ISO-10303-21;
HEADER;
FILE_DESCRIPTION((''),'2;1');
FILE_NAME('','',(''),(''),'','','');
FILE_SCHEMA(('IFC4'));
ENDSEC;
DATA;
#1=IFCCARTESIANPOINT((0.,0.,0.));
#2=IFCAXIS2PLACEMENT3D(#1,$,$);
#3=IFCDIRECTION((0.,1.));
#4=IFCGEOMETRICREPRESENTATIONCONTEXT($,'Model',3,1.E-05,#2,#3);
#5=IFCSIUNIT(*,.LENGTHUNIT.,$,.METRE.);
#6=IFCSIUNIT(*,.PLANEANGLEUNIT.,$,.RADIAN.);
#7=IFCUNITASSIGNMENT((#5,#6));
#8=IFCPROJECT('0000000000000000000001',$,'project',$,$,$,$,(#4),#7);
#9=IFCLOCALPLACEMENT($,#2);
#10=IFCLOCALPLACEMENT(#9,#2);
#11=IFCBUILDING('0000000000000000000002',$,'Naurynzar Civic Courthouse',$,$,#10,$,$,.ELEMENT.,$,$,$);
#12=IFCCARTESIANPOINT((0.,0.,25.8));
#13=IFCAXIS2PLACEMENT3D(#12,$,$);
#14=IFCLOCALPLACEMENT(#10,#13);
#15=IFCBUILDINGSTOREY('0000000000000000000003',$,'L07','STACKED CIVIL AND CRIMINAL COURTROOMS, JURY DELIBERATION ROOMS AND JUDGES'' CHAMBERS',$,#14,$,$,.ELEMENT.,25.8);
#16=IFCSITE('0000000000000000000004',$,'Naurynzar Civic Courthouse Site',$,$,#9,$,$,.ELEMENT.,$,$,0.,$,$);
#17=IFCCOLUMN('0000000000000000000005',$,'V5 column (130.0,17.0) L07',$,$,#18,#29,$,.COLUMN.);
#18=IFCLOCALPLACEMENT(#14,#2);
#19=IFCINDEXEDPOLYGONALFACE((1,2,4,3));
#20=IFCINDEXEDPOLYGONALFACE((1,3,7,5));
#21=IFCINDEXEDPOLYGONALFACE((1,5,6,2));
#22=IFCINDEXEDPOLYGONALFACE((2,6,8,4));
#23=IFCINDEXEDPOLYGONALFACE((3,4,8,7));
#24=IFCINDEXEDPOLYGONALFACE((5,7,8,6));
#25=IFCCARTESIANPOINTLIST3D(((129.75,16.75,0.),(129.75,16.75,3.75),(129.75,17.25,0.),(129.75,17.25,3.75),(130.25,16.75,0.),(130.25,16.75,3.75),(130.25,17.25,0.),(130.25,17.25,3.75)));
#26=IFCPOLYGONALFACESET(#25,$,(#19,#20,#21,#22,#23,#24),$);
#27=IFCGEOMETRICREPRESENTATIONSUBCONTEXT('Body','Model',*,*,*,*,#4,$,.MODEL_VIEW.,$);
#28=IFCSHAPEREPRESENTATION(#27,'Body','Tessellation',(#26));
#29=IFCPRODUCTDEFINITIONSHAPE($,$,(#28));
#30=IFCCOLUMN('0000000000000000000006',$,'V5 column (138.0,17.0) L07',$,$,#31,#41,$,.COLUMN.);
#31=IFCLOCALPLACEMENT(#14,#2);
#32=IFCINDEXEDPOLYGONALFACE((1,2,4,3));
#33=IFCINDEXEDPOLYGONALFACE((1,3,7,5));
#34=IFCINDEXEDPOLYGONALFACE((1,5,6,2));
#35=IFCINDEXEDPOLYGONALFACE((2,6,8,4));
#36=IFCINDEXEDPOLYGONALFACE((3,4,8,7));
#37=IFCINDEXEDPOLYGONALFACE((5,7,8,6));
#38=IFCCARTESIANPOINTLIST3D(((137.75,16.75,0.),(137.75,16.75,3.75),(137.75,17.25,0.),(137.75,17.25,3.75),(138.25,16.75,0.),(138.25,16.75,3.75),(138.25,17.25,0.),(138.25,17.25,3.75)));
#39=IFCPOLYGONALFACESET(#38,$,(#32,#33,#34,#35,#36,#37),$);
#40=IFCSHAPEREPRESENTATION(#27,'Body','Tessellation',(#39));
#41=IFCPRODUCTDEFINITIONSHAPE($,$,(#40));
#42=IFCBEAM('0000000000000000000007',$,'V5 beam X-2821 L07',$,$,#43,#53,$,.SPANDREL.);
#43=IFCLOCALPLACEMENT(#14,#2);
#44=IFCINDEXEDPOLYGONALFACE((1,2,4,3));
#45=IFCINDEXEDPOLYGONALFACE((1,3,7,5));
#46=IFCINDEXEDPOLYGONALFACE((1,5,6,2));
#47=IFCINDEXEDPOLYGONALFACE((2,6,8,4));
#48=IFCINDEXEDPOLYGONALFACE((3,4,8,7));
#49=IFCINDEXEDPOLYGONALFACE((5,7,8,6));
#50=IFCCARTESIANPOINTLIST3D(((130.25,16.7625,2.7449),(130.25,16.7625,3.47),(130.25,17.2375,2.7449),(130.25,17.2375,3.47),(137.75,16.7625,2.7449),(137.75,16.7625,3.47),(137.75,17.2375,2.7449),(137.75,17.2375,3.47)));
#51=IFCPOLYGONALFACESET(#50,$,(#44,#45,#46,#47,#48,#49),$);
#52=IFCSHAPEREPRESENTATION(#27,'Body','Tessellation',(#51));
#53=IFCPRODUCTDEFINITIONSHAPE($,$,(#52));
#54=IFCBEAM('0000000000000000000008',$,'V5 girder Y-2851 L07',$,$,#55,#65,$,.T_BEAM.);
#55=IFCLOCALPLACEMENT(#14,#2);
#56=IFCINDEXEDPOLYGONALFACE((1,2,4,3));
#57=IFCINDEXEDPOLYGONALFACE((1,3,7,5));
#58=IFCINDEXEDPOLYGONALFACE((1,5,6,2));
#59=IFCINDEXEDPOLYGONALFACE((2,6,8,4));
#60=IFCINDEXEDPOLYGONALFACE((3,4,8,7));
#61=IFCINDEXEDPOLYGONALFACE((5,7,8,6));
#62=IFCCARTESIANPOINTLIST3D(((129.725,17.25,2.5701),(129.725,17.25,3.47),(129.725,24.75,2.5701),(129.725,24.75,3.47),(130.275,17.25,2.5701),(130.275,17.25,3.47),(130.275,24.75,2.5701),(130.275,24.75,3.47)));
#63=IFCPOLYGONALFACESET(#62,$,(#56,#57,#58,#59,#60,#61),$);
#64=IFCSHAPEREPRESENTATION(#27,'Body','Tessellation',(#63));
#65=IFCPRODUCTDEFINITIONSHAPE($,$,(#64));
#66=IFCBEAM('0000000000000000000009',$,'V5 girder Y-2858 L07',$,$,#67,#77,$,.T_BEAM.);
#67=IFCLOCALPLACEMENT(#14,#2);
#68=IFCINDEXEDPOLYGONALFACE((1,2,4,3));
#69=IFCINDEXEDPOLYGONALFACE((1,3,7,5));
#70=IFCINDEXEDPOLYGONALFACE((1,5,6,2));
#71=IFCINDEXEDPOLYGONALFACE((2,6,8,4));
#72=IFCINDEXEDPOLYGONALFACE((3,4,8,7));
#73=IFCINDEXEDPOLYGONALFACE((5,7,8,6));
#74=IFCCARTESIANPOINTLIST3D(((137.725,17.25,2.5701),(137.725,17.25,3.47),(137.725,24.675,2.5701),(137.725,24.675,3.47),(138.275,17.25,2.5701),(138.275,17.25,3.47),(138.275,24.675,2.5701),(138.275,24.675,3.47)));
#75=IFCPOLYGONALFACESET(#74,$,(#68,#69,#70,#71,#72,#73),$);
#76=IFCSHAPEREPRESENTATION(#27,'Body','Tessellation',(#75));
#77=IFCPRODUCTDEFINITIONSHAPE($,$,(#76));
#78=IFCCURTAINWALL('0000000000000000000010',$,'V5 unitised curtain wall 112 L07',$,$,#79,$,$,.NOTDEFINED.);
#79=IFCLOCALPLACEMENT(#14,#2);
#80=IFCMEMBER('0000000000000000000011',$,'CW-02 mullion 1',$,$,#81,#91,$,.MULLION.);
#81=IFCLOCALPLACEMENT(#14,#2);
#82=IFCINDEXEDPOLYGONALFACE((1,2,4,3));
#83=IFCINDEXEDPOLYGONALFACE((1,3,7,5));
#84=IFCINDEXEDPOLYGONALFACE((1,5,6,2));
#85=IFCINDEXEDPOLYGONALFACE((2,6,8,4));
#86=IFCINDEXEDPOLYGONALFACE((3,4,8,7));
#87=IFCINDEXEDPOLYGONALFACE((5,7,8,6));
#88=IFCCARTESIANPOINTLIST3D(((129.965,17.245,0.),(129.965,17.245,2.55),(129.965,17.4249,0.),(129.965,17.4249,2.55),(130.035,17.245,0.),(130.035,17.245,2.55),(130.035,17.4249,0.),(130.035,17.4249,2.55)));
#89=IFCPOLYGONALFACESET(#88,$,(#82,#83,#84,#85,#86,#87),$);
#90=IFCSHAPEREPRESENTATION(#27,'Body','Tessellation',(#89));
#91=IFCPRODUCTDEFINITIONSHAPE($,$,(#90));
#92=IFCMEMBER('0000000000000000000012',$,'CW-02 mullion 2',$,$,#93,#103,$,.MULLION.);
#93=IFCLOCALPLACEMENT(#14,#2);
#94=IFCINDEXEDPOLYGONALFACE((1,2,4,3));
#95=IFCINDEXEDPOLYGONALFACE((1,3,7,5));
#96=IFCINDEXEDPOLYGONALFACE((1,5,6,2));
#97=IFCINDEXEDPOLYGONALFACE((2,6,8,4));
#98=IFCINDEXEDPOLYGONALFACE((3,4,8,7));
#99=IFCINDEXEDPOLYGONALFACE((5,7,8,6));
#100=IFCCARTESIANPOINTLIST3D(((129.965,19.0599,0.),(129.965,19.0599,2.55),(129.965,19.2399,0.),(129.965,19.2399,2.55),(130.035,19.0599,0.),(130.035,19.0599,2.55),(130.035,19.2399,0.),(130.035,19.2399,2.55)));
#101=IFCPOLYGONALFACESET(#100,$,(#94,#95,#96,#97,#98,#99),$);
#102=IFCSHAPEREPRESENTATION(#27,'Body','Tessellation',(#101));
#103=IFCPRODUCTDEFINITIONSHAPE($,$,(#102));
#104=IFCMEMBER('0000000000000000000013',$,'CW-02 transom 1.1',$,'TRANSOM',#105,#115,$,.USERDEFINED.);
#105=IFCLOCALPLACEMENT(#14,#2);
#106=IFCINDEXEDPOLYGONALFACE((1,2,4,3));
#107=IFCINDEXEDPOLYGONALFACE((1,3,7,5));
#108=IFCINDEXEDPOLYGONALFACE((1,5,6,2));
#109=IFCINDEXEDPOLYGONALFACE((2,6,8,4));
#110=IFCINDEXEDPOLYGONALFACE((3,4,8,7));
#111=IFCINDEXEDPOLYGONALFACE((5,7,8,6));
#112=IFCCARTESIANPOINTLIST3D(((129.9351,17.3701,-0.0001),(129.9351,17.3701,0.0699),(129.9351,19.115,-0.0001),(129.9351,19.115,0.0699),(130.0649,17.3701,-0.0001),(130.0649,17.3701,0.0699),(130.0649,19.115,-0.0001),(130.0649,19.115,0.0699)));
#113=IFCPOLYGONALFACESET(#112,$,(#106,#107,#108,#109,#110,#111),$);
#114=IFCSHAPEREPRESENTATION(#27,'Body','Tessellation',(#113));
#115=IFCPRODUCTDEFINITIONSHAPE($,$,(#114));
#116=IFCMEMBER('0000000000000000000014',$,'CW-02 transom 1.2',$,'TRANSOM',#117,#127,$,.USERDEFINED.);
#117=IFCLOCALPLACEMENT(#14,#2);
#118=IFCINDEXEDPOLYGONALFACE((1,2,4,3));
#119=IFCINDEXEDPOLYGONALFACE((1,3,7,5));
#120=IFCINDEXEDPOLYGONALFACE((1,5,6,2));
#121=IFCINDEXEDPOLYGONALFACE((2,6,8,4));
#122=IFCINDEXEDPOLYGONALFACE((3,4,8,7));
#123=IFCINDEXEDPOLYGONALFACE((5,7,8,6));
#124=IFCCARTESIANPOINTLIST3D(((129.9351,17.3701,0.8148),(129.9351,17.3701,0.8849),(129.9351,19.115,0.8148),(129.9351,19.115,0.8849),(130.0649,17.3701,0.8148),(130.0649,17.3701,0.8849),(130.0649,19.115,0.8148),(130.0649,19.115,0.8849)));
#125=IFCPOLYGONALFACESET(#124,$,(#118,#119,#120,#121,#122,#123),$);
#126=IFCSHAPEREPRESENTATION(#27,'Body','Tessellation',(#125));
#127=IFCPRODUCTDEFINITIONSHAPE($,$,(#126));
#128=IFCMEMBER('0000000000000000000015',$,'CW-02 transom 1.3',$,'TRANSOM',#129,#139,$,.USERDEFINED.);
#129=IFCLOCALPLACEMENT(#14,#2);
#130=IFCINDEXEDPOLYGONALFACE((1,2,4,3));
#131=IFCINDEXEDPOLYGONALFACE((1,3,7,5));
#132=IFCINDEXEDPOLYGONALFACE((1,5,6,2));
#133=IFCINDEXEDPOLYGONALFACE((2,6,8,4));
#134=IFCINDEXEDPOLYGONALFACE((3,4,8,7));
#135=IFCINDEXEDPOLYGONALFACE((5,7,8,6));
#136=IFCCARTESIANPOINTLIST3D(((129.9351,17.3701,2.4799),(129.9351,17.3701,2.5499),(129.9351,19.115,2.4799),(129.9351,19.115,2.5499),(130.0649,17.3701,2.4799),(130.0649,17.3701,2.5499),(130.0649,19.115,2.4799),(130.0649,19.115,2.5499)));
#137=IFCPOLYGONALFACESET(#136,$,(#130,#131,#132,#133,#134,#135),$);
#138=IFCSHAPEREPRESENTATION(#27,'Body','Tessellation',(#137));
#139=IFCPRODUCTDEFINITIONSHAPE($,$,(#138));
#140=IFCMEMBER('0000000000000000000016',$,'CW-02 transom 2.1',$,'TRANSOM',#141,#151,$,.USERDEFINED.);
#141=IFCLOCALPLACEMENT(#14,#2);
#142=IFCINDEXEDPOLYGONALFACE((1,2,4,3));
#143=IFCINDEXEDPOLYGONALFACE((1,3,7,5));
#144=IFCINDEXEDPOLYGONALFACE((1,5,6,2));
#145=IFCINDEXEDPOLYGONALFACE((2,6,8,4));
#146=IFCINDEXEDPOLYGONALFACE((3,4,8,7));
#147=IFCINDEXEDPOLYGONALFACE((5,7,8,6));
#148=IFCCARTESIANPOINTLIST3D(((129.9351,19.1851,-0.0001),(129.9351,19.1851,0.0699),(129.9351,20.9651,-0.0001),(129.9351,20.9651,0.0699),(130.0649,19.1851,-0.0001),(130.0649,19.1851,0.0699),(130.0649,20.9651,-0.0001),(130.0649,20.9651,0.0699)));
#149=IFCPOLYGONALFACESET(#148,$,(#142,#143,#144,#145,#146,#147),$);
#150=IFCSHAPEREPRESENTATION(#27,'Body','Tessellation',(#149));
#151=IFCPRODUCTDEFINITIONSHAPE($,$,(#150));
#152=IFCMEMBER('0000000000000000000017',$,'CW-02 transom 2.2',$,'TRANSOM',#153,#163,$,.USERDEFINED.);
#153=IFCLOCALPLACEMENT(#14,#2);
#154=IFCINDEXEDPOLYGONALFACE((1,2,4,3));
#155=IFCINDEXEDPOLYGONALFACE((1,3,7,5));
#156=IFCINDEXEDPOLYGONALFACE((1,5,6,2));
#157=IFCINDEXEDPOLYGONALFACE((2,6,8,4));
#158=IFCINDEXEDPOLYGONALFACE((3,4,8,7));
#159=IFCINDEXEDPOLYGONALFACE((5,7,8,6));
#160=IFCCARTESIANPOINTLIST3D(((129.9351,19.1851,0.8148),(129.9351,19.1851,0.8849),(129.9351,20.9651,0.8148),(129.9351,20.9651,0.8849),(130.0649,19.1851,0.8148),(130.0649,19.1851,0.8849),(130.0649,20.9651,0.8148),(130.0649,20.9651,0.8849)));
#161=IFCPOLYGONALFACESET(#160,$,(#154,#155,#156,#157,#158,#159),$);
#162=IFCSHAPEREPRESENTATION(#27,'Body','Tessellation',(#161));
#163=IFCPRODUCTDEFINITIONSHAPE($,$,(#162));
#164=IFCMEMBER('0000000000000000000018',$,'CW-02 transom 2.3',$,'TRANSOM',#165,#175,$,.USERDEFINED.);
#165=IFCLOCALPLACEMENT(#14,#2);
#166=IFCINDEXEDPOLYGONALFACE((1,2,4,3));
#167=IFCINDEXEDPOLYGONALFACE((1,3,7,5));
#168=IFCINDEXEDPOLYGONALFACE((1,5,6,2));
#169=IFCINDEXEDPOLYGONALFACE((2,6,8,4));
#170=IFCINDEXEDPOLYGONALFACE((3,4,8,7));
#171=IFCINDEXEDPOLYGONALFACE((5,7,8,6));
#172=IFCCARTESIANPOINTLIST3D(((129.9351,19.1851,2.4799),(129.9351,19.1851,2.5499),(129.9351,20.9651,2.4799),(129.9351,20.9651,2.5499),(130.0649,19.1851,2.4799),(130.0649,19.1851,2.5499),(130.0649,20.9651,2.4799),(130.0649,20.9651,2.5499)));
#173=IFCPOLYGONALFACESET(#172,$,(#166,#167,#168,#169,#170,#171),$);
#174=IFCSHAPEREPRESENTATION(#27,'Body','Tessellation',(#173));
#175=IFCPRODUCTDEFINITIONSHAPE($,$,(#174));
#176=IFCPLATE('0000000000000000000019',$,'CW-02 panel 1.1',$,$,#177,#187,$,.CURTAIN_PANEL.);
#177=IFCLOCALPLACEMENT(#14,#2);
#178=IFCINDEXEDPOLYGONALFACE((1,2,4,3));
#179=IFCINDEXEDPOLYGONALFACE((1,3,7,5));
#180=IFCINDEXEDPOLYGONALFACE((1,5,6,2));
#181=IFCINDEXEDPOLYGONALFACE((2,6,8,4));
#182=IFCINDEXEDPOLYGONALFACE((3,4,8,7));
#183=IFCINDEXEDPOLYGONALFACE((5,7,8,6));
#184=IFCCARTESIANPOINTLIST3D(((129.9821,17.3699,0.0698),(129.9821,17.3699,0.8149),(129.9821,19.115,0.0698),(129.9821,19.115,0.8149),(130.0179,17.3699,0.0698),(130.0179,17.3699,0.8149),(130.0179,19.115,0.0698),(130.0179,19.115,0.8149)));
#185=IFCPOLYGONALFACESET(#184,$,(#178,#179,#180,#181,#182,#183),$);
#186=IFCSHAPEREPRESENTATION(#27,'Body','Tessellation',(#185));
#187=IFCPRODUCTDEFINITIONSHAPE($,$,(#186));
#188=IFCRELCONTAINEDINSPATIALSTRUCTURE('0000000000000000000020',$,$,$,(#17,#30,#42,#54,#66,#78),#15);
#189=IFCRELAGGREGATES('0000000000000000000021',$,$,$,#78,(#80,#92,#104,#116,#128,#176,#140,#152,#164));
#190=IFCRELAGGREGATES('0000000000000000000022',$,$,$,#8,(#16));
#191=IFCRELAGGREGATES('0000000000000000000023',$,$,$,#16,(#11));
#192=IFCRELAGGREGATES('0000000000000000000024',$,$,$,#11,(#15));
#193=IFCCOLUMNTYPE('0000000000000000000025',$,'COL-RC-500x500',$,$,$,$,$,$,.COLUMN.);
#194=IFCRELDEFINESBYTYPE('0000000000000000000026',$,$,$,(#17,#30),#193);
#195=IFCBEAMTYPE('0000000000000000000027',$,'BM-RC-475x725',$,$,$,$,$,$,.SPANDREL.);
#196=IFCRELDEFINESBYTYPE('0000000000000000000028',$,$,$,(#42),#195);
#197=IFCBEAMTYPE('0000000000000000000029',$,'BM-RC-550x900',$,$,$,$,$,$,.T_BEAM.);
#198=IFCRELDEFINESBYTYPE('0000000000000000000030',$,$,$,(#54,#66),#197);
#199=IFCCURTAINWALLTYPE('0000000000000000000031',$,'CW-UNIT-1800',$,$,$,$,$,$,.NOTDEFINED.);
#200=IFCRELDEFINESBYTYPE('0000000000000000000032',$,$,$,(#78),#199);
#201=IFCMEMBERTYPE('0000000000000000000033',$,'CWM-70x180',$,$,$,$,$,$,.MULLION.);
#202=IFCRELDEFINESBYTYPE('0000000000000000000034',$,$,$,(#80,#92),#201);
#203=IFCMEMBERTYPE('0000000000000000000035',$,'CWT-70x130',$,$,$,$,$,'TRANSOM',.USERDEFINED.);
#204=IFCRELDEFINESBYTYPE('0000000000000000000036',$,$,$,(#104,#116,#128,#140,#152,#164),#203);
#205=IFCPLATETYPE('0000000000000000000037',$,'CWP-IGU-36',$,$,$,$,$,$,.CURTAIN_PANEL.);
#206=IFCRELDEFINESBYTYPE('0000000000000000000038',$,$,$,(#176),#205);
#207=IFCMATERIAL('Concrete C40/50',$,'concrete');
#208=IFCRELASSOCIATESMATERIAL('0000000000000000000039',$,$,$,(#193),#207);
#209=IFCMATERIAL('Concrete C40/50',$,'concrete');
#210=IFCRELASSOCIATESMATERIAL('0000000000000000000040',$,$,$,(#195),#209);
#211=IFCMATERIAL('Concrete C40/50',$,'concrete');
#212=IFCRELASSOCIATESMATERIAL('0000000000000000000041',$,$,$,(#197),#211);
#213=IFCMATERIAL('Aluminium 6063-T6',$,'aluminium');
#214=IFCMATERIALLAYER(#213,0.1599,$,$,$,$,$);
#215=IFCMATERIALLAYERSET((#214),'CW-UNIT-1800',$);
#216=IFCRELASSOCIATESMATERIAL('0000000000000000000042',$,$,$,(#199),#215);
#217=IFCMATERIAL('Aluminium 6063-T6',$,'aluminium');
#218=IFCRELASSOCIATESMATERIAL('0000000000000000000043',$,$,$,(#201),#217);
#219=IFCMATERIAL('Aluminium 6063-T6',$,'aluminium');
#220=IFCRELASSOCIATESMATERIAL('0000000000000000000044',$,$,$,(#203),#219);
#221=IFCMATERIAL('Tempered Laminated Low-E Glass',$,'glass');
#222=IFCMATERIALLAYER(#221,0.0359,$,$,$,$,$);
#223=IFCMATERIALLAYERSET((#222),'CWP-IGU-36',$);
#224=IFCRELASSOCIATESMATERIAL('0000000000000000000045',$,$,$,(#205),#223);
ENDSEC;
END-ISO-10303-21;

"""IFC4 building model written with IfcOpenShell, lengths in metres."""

from ifc_helpers import new_model, si_unit, direction, frame, origin, origin_2d, place, context, subcontext, project, spatial, rectangle, extrude, material, layer, layer_set, material_profile, profile_set, type_object, element, aggregate, save


model = new_model("IFC4")

# Units and contexts
model_context = context("Model", 3, precision=1e-05, world=origin(), true_north=direction((0.0, 1.0)))
body_context = subcontext(model_context, "Body", "Model", "MODEL_VIEW")
ifc_project = project(units=[si_unit("LENGTHUNIT", "METRE"), si_unit("PLANEANGLEUNIT", "RADIAN")], contexts=[model_context])

# Site, building, storey
site_placement = place(None, origin())
site = spatial("IfcSite", under=ifc_project, at=site_placement, Name="Naurynzar Civic Courthouse Site", CompositionType="ELEMENT", RefElevation=0.0)
building_placement = place(site_placement, origin())
building = spatial("IfcBuilding", under=site, at=building_placement, Name="Naurynzar Civic Courthouse", CompositionType="ELEMENT")
storey_placement = place(building_placement, frame((0.0, 0.0, 25.8)))
storey = spatial("IfcBuildingStorey", under=building, at=storey_placement, Name="L07", Description="STACKED CIVIL AND CRIMINAL COURTROOMS, JURY DELIBERATION ROOMS AND JUDGES' CHAMBERS", CompositionType="ELEMENT", Elevation=25.8)

# Columns
ifc_material_1 = material(Name="Concrete C40/50", Category="concrete")
ifc_material_profile_1 = material_profile(ifc_material_1, rectangle(XDim=0.5, YDim=0.5, at=origin_2d()), Name="RC 500x500")
ifc_profile_set_1 = profile_set([ifc_material_profile_1], Name="Concrete C40/50")
column_type = type_object("IfcColumnType", Name="COL-RC-500x500", PredefinedType="COLUMN", material=ifc_profile_set_1)
for number, where, z_axis, x_axis, name in (
    (1, (130.0, 17.0, 0.0), (0.0, 0.0, 1.0), (1.0, 0.0, 0.0), "V5 column (130.0,17.0) L07"),
    (2, (138.0, 17.0, 0.0), (0.0, 0.0, 1.0), (1.0, 0.0, 0.0), "V5 column (138.0,17.0) L07"),
):
    element("IfcColumn", number, at=place(storey_placement, frame(where, z_axis=z_axis, x_axis=x_axis)), inside=storey, type_object=column_type, Name=name, PredefinedType="COLUMN", context=body_context, shape_type="SweptSolid", body=[
        extrude(rectangle(XDim=0.5, YDim=0.5, at=origin_2d()), origin(), (0.0, 0.0, 1.0), 3.75),
    ])

# Beams
ifc_material_2 = material(Name="Concrete C40/50", Category="concrete")
ifc_material_profile_2 = material_profile(ifc_material_2, rectangle(XDim=0.4751, YDim=0.7251, at=origin_2d()), Name="RCB 475x725")
ifc_profile_set_2 = profile_set([ifc_material_profile_2], Name="Concrete C40/50")
beam_type_1 = type_object("IfcBeamType", Name="BM-RC-475x725", PredefinedType="SPANDREL", material=ifc_profile_set_2)
beam_1_placement = place(storey_placement, frame((130.25, 17.0, 3.1074), z_axis=(1.0, 0.0, 0.0), x_axis=(0.0, 1.0, 0.0)))
element("IfcBeam", 3, at=beam_1_placement, inside=storey, type_object=beam_type_1, Name="V5 beam X-2821 L07", PredefinedType="SPANDREL", context=body_context, shape_type="SweptSolid", body=[
    extrude(rectangle(XDim=0.4751, YDim=0.7251, at=origin_2d()), origin(), (0.0, 0.0, 1.0), 7.5),
])
ifc_material_3 = material(Name="Concrete C40/50", Category="concrete")
ifc_material_profile_3 = material_profile(ifc_material_3, rectangle(XDim=0.55, YDim=0.8999, at=origin_2d()), Name="RCB 550x900")
ifc_profile_set_3 = profile_set([ifc_material_profile_3], Name="Concrete C40/50")
beam_type_2 = type_object("IfcBeamType", Name="BM-RC-550x900", PredefinedType="T_BEAM", material=ifc_profile_set_3)
beam_2_placement = place(storey_placement, frame((130.0, 17.25, 3.02), z_axis=(0.0, 1.0, 0.0), x_axis=(-1.0, 0.0, 0.0)))
element("IfcBeam", 4, at=beam_2_placement, inside=storey, type_object=beam_type_2, Name="V5 girder Y-2851 L07", PredefinedType="T_BEAM", context=body_context, shape_type="SweptSolid", body=[
    extrude(rectangle(XDim=0.55, YDim=0.8999, at=origin_2d()), origin(), (0.0, 0.0, 1.0), 7.5),
])
beam_3_placement = place(storey_placement, frame((138.0, 17.25, 3.02), z_axis=(0.0, 1.0, 0.0), x_axis=(-1.0, 0.0, 0.0)))
element("IfcBeam", 5, at=beam_3_placement, inside=storey, type_object=beam_type_2, Name="V5 girder Y-2858 L07", PredefinedType="T_BEAM", context=body_context, shape_type="SweptSolid", body=[
    extrude(rectangle(XDim=0.55, YDim=0.8999, at=origin_2d()), origin(), (0.0, 0.0, 1.0), 7.425),
])

# Curtain wall, members, plate
ifc_material_4 = material(Name="Aluminium 6063-T6", Category="aluminium")
ifc_layer_1 = layer(ifc_material_4, 0.1599)
ifc_layer_set_1 = layer_set([ifc_layer_1], Name="CW-UNIT-1800")
curtain_wall_type = type_object("IfcCurtainWallType", Name="CW-UNIT-1800", PredefinedType="NOTDEFINED", material=ifc_layer_set_1)
curtain_wall_placement = place(storey_placement, origin())
curtain_wall = element("IfcCurtainWall", 6, at=curtain_wall_placement, inside=storey, type_object=curtain_wall_type, Name="V5 unitised curtain wall 112 L07", PredefinedType="NOTDEFINED")
ifc_material_5 = material(Name="Aluminium 6063-T6", Category="aluminium")
ifc_material_profile_4 = material_profile(ifc_material_5, rectangle(XDim=0.0701, YDim=0.1799, at=origin_2d()), Name="ALU MULLION 70x180")
ifc_profile_set_4 = profile_set([ifc_material_profile_4], Name="Aluminium 6063-T6")
member_type_1 = type_object("IfcMemberType", Name="CWM-70x180", PredefinedType="MULLION", material=ifc_profile_set_4)
member_1_placement = place(storey_placement, frame((130.0, 17.335, 0.0), z_axis=(0.0, 0.0, 1.0), x_axis=(-1.0, 0.0, 0.0)))
member_1 = element("IfcMember", 7, at=member_1_placement, type_object=member_type_1, Name="CW-02 mullion 1", PredefinedType="MULLION", context=body_context, shape_type="SweptSolid", body=[
    extrude(rectangle(XDim=0.0701, YDim=0.1799, at=origin_2d()), origin(), (0.0, 0.0, 1.0), 2.55),
])
member_2_placement = place(storey_placement, frame((130.0, 19.1499, 0.0), z_axis=(0.0, 0.0, 1.0), x_axis=(-1.0, 0.0, 0.0)))
member_2 = element("IfcMember", 8, at=member_2_placement, type_object=member_type_1, Name="CW-02 mullion 2", PredefinedType="MULLION", context=body_context, shape_type="SweptSolid", body=[
    extrude(rectangle(XDim=0.0701, YDim=0.1799, at=origin_2d()), origin(), (0.0, 0.0, 1.0), 2.55),
])
ifc_material_6 = material(Name="Aluminium 6063-T6", Category="aluminium")
ifc_material_profile_5 = material_profile(ifc_material_6, rectangle(XDim=0.1299, YDim=0.0701, at=origin_2d()), Name="ALU TRANSOM 70x130")
ifc_profile_set_5 = profile_set([ifc_material_profile_5], Name="Aluminium 6063-T6")
member_type_2 = type_object("IfcMemberType", Name="CWT-70x130", ElementType="TRANSOM", PredefinedType="USERDEFINED", material=ifc_profile_set_5)
member_3_placement = place(storey_placement, frame((130.0, 17.3701, 0.0349), z_axis=(0.0, 1.0, 0.0), x_axis=(-1.0, 0.0, 0.0)))
member_3 = element("IfcMember", 9, at=member_3_placement, type_object=member_type_2, Name="CW-02 transom 1.1", ObjectType="TRANSOM", PredefinedType="USERDEFINED", context=body_context, shape_type="SweptSolid", body=[
    extrude(rectangle(XDim=0.1299, YDim=0.0701, at=origin_2d()), origin(), (0.0, 0.0, 1.0), 1.7449),
])
member_4_placement = place(storey_placement, frame((130.0, 17.3701, 0.8499), z_axis=(0.0, 1.0, 0.0), x_axis=(-1.0, 0.0, 0.0)))
member_4 = element("IfcMember", 10, at=member_4_placement, type_object=member_type_2, Name="CW-02 transom 1.2", ObjectType="TRANSOM", PredefinedType="USERDEFINED", context=body_context, shape_type="SweptSolid", body=[
    extrude(rectangle(XDim=0.1299, YDim=0.0701, at=origin_2d()), origin(), (0.0, 0.0, 1.0), 1.7449),
])
member_5_placement = place(storey_placement, frame((130.0, 17.3701, 2.5149), z_axis=(0.0, 1.0, 0.0), x_axis=(-1.0, 0.0, 0.0)))
member_5 = element("IfcMember", 11, at=member_5_placement, type_object=member_type_2, Name="CW-02 transom 1.3", ObjectType="TRANSOM", PredefinedType="USERDEFINED", context=body_context, shape_type="SweptSolid", body=[
    extrude(rectangle(XDim=0.1299, YDim=0.0701, at=origin_2d()), origin(), (0.0, 0.0, 1.0), 1.7449),
])
member_6_placement = place(storey_placement, frame((130.0, 19.1851, 0.0349), z_axis=(0.0, 1.0, 0.0), x_axis=(-1.0, 0.0, 0.0)))
member_6 = element("IfcMember", 12, at=member_6_placement, type_object=member_type_2, Name="CW-02 transom 2.1", ObjectType="TRANSOM", PredefinedType="USERDEFINED", context=body_context, shape_type="SweptSolid", body=[
    extrude(rectangle(XDim=0.1299, YDim=0.0701, at=origin_2d()), origin(), (0.0, 0.0, 1.0), 1.78),
])
member_7_placement = place(storey_placement, frame((130.0, 19.1851, 0.8499), z_axis=(0.0, 1.0, 0.0), x_axis=(-1.0, 0.0, 0.0)))
member_7 = element("IfcMember", 13, at=member_7_placement, type_object=member_type_2, Name="CW-02 transom 2.2", ObjectType="TRANSOM", PredefinedType="USERDEFINED", context=body_context, shape_type="SweptSolid", body=[
    extrude(rectangle(XDim=0.1299, YDim=0.0701, at=origin_2d()), origin(), (0.0, 0.0, 1.0), 1.78),
])
member_8_placement = place(storey_placement, frame((130.0, 19.1851, 2.5149), z_axis=(0.0, 1.0, 0.0), x_axis=(-1.0, 0.0, 0.0)))
member_8 = element("IfcMember", 14, at=member_8_placement, type_object=member_type_2, Name="CW-02 transom 2.3", ObjectType="TRANSOM", PredefinedType="USERDEFINED", context=body_context, shape_type="SweptSolid", body=[
    extrude(rectangle(XDim=0.1299, YDim=0.0701, at=origin_2d()), origin(), (0.0, 0.0, 1.0), 1.78),
])
ifc_material_7 = material(Name="Tempered Laminated Low-E Glass", Category="glass")
ifc_layer_2 = layer(ifc_material_7, 0.0359)
ifc_layer_set_2 = layer_set([ifc_layer_2], Name="CWP-IGU-36")
plate_type = type_object("IfcPlateType", Name="CWP-IGU-36", PredefinedType="CURTAIN_PANEL", material=ifc_layer_set_2)
plate_1_placement = place(storey_placement, frame((130.0, 18.2424, 0.0698), z_axis=(0.0, 0.0, 1.0), x_axis=(0.0, 1.0, 0.0)))
plate_1 = element("IfcPlate", 15, at=plate_1_placement, type_object=plate_type, Name="CW-02 panel 1.1", PredefinedType="CURTAIN_PANEL", context=body_context, shape_type="SweptSolid", body=[
    extrude(rectangle(XDim=1.7451, YDim=0.0359, at=origin_2d()), origin(), (0.0, 0.0, 1.0), 0.7451),
])
aggregate(curtain_wall, [member_1, member_2, member_3, member_4, member_5, plate_1, member_6, member_7, member_8])

save(model, "model.ifc")
